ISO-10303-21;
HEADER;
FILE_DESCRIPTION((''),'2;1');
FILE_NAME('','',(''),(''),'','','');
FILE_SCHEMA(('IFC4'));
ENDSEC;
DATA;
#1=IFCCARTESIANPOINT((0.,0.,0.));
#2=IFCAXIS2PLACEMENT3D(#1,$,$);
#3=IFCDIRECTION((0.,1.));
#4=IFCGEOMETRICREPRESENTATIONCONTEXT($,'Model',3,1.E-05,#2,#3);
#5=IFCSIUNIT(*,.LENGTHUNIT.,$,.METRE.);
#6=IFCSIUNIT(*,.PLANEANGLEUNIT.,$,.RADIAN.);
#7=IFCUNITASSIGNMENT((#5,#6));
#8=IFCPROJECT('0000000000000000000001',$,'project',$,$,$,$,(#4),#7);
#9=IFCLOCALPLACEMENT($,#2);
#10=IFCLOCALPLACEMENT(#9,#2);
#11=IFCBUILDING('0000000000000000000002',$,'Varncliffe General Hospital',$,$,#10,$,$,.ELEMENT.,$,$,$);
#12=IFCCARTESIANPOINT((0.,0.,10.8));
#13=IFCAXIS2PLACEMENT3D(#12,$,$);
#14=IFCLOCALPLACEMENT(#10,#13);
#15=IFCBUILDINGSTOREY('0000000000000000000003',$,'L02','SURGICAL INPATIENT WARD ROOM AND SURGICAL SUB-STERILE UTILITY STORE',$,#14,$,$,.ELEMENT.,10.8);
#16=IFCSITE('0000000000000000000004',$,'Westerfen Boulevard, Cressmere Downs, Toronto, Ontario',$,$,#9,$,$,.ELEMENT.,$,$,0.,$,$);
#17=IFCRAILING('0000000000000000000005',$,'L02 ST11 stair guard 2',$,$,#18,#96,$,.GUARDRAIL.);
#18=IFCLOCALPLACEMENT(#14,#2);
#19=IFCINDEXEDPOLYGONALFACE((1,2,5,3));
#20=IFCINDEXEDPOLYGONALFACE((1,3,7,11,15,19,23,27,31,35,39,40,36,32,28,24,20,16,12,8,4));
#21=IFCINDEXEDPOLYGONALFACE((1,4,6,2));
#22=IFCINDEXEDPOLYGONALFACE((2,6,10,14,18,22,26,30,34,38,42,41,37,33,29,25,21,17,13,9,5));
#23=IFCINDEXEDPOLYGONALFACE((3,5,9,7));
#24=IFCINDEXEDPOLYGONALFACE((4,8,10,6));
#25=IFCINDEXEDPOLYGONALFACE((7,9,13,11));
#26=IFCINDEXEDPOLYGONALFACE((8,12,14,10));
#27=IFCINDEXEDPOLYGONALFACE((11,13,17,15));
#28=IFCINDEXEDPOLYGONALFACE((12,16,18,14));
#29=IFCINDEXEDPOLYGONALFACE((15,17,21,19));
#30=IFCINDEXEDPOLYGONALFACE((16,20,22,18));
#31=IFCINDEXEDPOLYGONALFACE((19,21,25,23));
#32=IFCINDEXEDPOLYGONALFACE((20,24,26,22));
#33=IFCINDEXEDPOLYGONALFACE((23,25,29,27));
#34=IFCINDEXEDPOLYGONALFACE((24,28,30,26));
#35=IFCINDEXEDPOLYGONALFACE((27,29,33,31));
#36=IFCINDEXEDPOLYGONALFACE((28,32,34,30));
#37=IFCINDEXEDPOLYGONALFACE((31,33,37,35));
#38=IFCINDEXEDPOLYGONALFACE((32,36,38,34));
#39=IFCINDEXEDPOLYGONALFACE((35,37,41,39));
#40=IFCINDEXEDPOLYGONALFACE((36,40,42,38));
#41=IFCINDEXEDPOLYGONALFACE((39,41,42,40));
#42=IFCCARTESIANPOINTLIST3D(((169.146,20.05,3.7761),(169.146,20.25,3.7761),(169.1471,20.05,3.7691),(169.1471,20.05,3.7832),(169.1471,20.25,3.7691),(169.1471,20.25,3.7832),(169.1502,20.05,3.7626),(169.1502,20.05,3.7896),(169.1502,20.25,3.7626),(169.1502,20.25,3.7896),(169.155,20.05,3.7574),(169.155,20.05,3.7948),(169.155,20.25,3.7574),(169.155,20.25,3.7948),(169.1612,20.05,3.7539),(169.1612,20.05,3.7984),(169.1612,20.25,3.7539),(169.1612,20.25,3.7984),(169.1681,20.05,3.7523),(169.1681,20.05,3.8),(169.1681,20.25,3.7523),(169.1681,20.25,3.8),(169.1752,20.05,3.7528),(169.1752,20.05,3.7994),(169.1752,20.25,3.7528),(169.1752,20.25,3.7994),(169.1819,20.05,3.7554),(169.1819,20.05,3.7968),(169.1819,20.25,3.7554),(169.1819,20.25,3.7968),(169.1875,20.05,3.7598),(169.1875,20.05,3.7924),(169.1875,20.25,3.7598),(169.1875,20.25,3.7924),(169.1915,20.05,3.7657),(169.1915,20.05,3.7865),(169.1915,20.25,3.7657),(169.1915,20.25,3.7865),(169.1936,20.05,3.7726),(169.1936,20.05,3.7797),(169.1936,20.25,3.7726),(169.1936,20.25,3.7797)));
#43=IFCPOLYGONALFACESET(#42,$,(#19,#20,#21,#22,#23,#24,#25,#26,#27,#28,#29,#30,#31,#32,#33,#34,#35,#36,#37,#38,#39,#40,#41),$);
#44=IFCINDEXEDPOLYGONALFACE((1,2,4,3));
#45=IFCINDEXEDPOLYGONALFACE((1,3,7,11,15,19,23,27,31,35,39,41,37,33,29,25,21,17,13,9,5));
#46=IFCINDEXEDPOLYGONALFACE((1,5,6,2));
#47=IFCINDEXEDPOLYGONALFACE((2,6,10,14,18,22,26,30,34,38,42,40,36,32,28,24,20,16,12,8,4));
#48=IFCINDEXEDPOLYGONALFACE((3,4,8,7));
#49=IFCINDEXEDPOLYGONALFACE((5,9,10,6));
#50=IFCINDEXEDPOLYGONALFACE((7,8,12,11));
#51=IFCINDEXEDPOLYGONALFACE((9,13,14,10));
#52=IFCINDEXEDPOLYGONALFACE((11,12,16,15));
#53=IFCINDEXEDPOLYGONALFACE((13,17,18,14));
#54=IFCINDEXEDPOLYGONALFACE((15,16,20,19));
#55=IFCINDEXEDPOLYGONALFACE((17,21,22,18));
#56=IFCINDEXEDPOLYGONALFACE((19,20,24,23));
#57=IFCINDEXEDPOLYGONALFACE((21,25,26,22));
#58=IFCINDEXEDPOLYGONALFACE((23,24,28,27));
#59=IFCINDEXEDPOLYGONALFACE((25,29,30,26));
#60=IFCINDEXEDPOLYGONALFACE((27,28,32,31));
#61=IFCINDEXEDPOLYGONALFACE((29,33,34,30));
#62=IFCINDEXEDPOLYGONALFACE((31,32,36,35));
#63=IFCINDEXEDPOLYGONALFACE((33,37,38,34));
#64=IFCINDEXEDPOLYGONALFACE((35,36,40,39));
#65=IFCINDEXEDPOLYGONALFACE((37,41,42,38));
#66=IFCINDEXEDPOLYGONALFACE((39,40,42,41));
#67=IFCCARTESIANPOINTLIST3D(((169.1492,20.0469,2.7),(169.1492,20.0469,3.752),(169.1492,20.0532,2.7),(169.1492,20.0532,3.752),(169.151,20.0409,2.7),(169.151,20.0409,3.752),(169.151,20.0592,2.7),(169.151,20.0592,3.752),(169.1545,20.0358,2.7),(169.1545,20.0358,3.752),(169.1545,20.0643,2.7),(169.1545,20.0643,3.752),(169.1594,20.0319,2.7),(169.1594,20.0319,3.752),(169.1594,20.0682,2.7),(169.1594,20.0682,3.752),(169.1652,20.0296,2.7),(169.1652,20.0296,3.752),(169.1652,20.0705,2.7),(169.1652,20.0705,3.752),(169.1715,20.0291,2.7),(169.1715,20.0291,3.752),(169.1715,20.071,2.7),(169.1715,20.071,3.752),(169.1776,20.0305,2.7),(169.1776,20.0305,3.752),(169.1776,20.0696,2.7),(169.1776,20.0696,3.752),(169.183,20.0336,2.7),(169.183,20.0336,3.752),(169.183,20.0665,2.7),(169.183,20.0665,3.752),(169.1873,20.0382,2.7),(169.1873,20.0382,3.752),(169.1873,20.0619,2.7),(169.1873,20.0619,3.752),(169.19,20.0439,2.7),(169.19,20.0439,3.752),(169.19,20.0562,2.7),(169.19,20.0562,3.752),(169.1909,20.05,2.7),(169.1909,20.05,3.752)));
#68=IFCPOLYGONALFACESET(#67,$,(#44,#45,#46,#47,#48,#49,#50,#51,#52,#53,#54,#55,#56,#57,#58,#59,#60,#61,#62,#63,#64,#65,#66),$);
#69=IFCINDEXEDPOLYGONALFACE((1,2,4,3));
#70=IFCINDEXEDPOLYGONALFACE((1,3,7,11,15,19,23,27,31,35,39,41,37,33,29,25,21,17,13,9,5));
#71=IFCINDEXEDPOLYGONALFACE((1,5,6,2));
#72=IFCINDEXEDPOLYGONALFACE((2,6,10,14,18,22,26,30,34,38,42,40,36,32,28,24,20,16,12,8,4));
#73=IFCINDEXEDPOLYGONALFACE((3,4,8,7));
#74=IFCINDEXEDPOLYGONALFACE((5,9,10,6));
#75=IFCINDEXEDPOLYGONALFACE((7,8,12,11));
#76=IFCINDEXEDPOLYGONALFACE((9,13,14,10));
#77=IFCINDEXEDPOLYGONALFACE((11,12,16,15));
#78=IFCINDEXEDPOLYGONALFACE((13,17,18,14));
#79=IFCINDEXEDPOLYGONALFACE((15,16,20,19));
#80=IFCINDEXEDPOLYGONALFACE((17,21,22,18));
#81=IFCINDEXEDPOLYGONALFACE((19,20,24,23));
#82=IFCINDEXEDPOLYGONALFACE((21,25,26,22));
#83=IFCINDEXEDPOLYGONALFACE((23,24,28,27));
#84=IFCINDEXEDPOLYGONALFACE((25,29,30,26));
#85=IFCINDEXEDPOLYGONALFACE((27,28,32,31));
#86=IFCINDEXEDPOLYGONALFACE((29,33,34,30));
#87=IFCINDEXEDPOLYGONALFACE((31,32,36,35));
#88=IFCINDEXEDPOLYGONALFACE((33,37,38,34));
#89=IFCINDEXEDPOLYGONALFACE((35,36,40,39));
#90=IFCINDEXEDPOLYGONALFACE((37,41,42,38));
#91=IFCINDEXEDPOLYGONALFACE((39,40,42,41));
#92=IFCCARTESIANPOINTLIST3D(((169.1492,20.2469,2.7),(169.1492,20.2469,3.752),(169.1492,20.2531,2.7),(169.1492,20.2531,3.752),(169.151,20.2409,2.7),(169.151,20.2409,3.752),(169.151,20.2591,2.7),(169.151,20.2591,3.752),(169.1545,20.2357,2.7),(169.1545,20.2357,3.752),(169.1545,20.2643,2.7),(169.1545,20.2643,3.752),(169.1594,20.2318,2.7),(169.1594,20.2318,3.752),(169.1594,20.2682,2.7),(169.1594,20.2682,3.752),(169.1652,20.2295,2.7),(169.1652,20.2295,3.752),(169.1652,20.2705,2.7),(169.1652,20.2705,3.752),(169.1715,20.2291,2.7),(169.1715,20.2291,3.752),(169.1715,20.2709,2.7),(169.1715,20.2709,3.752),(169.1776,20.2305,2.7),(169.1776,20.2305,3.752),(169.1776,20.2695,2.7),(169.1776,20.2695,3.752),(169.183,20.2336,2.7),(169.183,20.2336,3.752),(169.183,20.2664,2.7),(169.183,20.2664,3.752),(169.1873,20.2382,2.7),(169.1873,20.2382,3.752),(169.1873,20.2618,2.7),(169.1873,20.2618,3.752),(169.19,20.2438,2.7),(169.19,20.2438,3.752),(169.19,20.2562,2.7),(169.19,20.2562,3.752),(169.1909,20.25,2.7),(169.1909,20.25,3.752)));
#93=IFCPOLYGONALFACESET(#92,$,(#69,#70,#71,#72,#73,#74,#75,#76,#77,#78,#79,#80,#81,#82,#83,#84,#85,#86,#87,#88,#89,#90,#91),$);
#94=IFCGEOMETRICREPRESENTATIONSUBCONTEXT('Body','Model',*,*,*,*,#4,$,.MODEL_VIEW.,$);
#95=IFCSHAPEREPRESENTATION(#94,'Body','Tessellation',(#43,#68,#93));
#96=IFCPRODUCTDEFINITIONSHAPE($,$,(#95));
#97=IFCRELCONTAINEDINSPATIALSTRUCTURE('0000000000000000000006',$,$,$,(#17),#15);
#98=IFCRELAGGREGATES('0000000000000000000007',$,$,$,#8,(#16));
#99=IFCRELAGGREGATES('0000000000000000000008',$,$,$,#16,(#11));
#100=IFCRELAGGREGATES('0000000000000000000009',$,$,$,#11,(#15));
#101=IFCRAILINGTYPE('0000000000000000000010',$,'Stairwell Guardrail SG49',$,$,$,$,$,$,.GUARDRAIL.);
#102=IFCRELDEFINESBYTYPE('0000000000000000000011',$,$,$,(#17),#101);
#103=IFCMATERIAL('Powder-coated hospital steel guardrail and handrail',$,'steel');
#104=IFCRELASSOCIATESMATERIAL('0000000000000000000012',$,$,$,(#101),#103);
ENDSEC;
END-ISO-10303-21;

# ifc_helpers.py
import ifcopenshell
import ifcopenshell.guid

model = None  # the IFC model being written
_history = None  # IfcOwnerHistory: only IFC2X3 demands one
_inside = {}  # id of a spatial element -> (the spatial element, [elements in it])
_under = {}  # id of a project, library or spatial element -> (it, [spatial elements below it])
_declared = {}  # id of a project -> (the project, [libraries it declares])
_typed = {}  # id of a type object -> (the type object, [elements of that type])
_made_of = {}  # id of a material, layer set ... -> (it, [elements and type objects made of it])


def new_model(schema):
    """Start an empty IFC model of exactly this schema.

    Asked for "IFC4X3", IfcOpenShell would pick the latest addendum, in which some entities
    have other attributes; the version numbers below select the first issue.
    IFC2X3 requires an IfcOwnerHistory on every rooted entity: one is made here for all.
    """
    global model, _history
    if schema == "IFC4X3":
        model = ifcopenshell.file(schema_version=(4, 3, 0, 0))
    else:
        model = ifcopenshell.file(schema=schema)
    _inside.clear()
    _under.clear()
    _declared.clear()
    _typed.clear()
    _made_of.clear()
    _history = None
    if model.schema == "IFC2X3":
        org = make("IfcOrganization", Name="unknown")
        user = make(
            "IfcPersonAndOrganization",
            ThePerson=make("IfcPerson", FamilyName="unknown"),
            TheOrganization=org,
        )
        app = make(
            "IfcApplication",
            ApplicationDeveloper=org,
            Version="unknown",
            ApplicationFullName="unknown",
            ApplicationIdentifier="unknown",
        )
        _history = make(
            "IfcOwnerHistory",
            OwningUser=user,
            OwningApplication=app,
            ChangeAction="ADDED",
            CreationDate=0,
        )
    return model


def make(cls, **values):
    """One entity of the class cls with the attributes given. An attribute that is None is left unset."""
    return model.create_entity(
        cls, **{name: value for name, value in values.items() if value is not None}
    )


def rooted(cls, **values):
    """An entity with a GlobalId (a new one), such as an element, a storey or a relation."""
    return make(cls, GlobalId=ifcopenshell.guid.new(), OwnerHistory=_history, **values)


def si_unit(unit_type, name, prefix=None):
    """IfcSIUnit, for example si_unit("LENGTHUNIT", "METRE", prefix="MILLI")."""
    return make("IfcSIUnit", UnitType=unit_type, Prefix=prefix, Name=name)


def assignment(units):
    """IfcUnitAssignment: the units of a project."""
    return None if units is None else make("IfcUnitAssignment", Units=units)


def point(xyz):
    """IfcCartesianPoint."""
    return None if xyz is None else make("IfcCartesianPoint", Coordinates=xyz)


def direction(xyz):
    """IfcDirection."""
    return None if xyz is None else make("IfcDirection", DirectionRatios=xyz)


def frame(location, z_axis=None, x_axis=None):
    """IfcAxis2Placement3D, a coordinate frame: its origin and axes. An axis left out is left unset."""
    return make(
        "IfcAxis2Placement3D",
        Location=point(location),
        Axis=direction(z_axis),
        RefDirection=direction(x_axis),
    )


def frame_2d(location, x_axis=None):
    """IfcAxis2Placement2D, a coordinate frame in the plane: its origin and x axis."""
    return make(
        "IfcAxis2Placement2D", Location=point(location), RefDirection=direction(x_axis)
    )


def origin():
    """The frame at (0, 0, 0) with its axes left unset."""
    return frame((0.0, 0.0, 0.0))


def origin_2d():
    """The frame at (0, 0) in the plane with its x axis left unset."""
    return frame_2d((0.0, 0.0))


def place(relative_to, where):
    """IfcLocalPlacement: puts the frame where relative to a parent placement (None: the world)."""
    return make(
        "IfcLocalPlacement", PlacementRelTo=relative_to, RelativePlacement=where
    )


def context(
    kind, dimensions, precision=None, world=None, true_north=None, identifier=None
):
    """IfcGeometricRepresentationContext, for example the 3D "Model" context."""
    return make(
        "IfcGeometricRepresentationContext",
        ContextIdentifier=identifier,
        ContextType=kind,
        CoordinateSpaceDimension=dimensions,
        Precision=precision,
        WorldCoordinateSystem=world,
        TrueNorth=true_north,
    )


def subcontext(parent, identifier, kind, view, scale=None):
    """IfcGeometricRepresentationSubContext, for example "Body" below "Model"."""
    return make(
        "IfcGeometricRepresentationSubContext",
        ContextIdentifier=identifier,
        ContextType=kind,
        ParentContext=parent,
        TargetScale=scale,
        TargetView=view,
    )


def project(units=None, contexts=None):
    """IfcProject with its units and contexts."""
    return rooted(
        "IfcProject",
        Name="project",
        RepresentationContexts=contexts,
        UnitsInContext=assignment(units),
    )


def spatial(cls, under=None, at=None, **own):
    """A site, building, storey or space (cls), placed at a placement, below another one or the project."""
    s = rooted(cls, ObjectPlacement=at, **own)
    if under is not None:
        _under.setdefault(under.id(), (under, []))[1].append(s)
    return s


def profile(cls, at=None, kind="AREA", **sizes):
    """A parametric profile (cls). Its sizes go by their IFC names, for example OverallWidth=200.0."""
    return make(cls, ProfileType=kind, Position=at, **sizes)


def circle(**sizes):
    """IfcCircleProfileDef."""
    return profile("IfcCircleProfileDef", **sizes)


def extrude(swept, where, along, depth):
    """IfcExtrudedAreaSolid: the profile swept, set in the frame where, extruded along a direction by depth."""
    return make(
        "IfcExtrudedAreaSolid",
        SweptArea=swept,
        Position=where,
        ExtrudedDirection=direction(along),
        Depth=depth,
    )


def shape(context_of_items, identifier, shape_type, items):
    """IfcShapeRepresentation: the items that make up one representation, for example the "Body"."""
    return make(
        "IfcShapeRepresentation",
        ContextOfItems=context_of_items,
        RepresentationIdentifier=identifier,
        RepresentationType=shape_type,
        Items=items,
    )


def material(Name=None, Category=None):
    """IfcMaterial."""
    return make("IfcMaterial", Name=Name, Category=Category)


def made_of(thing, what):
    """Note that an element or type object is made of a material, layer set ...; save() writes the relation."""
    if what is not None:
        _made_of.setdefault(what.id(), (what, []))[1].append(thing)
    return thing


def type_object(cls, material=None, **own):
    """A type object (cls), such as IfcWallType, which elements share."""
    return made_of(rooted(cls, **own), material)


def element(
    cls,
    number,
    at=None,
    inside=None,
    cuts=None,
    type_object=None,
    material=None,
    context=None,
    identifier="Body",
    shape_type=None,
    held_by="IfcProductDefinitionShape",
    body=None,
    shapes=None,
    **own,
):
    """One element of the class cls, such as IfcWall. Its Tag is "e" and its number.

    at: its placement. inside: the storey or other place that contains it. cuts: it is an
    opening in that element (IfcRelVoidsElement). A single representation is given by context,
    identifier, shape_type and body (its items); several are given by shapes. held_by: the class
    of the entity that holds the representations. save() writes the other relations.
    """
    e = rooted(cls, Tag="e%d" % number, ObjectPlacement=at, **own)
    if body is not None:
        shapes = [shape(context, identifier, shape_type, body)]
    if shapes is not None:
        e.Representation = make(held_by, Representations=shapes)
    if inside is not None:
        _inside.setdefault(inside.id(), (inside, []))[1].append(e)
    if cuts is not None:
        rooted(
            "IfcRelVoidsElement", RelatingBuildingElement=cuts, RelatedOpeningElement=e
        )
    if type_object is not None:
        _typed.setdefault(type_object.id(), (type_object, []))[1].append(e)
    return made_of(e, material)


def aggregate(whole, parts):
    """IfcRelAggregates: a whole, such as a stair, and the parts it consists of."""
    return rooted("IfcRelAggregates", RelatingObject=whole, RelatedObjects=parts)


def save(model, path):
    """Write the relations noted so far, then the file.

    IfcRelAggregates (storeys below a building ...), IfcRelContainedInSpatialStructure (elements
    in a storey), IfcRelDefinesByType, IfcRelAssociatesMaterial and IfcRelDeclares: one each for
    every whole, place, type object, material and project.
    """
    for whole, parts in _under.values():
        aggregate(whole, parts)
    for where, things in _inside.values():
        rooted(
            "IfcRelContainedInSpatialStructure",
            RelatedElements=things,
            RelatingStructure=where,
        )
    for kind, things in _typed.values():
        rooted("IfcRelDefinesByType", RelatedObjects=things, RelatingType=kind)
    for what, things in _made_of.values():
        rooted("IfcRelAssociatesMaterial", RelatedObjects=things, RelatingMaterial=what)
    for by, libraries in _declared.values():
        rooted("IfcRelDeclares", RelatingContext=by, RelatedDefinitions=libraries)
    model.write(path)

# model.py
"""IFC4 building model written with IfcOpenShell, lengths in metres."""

from ifc_helpers import new_model, si_unit, direction, frame, origin, origin_2d, place, context, subcontext, project, spatial, circle, extrude, material, type_object, element, save


model = new_model("IFC4")

# Units and contexts
model_context = context("Model", 3, precision=1e-05, world=origin(), true_north=direction((0.0, 1.0)))
body_context = subcontext(model_context, "Body", "Model", "MODEL_VIEW")
ifc_project = project(units=[si_unit("LENGTHUNIT", "METRE"), si_unit("PLANEANGLEUNIT", "RADIAN")], contexts=[model_context])

# Site, building, storey
site_placement = place(None, origin())
site = spatial("IfcSite", under=ifc_project, at=site_placement, Name="Westerfen Boulevard, Cressmere Downs, Toronto, Ontario", CompositionType="ELEMENT", RefElevation=0.0)
building_placement = place(site_placement, origin())
building = spatial("IfcBuilding", under=site, at=building_placement, Name="Varncliffe General Hospital", CompositionType="ELEMENT")
storey_placement = place(building_placement, frame((0.0, 0.0, 10.8)))
storey = spatial("IfcBuildingStorey", under=building, at=storey_placement, Name="L02", Description="SURGICAL INPATIENT WARD ROOM AND SURGICAL SUB-STERILE UTILITY STORE", CompositionType="ELEMENT", Elevation=10.8)

# Railing
ifc_material_1 = material(Name="Powder-coated hospital steel guardrail and handrail", Category="steel")
railing_type_1 = type_object("IfcRailingType", Name="Stairwell Guardrail SG49", PredefinedType="GUARDRAIL", material=ifc_material_1)
railing_1_placement = place(storey_placement, frame((169.1699, 20.05, 2.7)))
element("IfcRailing", 1, at=railing_1_placement, inside=storey, type_object=railing_type_1, Name="L02 ST11 stair guard 2", PredefinedType="GUARDRAIL", context=body_context, shape_type="SweptSolid", body=[
    extrude(circle(Radius=0.0239, at=origin_2d()), frame((0.0, 0.0, 1.0762), z_axis=(0.0, 1.0, 0.0), x_axis=(-1.0, 0.0, 0.0)), (0.0, 0.0, 1.0), 0.2),
    extrude(circle(Radius=0.021, at=origin_2d()), origin(), (0.0, 0.0, 1.0), 1.052),
    extrude(circle(Radius=0.021, at=origin_2d()), frame((0.0, 0.2, 0.0)), (0.0, 0.0, 1.0), 1.052),
])

save(model, "model.ifc")
